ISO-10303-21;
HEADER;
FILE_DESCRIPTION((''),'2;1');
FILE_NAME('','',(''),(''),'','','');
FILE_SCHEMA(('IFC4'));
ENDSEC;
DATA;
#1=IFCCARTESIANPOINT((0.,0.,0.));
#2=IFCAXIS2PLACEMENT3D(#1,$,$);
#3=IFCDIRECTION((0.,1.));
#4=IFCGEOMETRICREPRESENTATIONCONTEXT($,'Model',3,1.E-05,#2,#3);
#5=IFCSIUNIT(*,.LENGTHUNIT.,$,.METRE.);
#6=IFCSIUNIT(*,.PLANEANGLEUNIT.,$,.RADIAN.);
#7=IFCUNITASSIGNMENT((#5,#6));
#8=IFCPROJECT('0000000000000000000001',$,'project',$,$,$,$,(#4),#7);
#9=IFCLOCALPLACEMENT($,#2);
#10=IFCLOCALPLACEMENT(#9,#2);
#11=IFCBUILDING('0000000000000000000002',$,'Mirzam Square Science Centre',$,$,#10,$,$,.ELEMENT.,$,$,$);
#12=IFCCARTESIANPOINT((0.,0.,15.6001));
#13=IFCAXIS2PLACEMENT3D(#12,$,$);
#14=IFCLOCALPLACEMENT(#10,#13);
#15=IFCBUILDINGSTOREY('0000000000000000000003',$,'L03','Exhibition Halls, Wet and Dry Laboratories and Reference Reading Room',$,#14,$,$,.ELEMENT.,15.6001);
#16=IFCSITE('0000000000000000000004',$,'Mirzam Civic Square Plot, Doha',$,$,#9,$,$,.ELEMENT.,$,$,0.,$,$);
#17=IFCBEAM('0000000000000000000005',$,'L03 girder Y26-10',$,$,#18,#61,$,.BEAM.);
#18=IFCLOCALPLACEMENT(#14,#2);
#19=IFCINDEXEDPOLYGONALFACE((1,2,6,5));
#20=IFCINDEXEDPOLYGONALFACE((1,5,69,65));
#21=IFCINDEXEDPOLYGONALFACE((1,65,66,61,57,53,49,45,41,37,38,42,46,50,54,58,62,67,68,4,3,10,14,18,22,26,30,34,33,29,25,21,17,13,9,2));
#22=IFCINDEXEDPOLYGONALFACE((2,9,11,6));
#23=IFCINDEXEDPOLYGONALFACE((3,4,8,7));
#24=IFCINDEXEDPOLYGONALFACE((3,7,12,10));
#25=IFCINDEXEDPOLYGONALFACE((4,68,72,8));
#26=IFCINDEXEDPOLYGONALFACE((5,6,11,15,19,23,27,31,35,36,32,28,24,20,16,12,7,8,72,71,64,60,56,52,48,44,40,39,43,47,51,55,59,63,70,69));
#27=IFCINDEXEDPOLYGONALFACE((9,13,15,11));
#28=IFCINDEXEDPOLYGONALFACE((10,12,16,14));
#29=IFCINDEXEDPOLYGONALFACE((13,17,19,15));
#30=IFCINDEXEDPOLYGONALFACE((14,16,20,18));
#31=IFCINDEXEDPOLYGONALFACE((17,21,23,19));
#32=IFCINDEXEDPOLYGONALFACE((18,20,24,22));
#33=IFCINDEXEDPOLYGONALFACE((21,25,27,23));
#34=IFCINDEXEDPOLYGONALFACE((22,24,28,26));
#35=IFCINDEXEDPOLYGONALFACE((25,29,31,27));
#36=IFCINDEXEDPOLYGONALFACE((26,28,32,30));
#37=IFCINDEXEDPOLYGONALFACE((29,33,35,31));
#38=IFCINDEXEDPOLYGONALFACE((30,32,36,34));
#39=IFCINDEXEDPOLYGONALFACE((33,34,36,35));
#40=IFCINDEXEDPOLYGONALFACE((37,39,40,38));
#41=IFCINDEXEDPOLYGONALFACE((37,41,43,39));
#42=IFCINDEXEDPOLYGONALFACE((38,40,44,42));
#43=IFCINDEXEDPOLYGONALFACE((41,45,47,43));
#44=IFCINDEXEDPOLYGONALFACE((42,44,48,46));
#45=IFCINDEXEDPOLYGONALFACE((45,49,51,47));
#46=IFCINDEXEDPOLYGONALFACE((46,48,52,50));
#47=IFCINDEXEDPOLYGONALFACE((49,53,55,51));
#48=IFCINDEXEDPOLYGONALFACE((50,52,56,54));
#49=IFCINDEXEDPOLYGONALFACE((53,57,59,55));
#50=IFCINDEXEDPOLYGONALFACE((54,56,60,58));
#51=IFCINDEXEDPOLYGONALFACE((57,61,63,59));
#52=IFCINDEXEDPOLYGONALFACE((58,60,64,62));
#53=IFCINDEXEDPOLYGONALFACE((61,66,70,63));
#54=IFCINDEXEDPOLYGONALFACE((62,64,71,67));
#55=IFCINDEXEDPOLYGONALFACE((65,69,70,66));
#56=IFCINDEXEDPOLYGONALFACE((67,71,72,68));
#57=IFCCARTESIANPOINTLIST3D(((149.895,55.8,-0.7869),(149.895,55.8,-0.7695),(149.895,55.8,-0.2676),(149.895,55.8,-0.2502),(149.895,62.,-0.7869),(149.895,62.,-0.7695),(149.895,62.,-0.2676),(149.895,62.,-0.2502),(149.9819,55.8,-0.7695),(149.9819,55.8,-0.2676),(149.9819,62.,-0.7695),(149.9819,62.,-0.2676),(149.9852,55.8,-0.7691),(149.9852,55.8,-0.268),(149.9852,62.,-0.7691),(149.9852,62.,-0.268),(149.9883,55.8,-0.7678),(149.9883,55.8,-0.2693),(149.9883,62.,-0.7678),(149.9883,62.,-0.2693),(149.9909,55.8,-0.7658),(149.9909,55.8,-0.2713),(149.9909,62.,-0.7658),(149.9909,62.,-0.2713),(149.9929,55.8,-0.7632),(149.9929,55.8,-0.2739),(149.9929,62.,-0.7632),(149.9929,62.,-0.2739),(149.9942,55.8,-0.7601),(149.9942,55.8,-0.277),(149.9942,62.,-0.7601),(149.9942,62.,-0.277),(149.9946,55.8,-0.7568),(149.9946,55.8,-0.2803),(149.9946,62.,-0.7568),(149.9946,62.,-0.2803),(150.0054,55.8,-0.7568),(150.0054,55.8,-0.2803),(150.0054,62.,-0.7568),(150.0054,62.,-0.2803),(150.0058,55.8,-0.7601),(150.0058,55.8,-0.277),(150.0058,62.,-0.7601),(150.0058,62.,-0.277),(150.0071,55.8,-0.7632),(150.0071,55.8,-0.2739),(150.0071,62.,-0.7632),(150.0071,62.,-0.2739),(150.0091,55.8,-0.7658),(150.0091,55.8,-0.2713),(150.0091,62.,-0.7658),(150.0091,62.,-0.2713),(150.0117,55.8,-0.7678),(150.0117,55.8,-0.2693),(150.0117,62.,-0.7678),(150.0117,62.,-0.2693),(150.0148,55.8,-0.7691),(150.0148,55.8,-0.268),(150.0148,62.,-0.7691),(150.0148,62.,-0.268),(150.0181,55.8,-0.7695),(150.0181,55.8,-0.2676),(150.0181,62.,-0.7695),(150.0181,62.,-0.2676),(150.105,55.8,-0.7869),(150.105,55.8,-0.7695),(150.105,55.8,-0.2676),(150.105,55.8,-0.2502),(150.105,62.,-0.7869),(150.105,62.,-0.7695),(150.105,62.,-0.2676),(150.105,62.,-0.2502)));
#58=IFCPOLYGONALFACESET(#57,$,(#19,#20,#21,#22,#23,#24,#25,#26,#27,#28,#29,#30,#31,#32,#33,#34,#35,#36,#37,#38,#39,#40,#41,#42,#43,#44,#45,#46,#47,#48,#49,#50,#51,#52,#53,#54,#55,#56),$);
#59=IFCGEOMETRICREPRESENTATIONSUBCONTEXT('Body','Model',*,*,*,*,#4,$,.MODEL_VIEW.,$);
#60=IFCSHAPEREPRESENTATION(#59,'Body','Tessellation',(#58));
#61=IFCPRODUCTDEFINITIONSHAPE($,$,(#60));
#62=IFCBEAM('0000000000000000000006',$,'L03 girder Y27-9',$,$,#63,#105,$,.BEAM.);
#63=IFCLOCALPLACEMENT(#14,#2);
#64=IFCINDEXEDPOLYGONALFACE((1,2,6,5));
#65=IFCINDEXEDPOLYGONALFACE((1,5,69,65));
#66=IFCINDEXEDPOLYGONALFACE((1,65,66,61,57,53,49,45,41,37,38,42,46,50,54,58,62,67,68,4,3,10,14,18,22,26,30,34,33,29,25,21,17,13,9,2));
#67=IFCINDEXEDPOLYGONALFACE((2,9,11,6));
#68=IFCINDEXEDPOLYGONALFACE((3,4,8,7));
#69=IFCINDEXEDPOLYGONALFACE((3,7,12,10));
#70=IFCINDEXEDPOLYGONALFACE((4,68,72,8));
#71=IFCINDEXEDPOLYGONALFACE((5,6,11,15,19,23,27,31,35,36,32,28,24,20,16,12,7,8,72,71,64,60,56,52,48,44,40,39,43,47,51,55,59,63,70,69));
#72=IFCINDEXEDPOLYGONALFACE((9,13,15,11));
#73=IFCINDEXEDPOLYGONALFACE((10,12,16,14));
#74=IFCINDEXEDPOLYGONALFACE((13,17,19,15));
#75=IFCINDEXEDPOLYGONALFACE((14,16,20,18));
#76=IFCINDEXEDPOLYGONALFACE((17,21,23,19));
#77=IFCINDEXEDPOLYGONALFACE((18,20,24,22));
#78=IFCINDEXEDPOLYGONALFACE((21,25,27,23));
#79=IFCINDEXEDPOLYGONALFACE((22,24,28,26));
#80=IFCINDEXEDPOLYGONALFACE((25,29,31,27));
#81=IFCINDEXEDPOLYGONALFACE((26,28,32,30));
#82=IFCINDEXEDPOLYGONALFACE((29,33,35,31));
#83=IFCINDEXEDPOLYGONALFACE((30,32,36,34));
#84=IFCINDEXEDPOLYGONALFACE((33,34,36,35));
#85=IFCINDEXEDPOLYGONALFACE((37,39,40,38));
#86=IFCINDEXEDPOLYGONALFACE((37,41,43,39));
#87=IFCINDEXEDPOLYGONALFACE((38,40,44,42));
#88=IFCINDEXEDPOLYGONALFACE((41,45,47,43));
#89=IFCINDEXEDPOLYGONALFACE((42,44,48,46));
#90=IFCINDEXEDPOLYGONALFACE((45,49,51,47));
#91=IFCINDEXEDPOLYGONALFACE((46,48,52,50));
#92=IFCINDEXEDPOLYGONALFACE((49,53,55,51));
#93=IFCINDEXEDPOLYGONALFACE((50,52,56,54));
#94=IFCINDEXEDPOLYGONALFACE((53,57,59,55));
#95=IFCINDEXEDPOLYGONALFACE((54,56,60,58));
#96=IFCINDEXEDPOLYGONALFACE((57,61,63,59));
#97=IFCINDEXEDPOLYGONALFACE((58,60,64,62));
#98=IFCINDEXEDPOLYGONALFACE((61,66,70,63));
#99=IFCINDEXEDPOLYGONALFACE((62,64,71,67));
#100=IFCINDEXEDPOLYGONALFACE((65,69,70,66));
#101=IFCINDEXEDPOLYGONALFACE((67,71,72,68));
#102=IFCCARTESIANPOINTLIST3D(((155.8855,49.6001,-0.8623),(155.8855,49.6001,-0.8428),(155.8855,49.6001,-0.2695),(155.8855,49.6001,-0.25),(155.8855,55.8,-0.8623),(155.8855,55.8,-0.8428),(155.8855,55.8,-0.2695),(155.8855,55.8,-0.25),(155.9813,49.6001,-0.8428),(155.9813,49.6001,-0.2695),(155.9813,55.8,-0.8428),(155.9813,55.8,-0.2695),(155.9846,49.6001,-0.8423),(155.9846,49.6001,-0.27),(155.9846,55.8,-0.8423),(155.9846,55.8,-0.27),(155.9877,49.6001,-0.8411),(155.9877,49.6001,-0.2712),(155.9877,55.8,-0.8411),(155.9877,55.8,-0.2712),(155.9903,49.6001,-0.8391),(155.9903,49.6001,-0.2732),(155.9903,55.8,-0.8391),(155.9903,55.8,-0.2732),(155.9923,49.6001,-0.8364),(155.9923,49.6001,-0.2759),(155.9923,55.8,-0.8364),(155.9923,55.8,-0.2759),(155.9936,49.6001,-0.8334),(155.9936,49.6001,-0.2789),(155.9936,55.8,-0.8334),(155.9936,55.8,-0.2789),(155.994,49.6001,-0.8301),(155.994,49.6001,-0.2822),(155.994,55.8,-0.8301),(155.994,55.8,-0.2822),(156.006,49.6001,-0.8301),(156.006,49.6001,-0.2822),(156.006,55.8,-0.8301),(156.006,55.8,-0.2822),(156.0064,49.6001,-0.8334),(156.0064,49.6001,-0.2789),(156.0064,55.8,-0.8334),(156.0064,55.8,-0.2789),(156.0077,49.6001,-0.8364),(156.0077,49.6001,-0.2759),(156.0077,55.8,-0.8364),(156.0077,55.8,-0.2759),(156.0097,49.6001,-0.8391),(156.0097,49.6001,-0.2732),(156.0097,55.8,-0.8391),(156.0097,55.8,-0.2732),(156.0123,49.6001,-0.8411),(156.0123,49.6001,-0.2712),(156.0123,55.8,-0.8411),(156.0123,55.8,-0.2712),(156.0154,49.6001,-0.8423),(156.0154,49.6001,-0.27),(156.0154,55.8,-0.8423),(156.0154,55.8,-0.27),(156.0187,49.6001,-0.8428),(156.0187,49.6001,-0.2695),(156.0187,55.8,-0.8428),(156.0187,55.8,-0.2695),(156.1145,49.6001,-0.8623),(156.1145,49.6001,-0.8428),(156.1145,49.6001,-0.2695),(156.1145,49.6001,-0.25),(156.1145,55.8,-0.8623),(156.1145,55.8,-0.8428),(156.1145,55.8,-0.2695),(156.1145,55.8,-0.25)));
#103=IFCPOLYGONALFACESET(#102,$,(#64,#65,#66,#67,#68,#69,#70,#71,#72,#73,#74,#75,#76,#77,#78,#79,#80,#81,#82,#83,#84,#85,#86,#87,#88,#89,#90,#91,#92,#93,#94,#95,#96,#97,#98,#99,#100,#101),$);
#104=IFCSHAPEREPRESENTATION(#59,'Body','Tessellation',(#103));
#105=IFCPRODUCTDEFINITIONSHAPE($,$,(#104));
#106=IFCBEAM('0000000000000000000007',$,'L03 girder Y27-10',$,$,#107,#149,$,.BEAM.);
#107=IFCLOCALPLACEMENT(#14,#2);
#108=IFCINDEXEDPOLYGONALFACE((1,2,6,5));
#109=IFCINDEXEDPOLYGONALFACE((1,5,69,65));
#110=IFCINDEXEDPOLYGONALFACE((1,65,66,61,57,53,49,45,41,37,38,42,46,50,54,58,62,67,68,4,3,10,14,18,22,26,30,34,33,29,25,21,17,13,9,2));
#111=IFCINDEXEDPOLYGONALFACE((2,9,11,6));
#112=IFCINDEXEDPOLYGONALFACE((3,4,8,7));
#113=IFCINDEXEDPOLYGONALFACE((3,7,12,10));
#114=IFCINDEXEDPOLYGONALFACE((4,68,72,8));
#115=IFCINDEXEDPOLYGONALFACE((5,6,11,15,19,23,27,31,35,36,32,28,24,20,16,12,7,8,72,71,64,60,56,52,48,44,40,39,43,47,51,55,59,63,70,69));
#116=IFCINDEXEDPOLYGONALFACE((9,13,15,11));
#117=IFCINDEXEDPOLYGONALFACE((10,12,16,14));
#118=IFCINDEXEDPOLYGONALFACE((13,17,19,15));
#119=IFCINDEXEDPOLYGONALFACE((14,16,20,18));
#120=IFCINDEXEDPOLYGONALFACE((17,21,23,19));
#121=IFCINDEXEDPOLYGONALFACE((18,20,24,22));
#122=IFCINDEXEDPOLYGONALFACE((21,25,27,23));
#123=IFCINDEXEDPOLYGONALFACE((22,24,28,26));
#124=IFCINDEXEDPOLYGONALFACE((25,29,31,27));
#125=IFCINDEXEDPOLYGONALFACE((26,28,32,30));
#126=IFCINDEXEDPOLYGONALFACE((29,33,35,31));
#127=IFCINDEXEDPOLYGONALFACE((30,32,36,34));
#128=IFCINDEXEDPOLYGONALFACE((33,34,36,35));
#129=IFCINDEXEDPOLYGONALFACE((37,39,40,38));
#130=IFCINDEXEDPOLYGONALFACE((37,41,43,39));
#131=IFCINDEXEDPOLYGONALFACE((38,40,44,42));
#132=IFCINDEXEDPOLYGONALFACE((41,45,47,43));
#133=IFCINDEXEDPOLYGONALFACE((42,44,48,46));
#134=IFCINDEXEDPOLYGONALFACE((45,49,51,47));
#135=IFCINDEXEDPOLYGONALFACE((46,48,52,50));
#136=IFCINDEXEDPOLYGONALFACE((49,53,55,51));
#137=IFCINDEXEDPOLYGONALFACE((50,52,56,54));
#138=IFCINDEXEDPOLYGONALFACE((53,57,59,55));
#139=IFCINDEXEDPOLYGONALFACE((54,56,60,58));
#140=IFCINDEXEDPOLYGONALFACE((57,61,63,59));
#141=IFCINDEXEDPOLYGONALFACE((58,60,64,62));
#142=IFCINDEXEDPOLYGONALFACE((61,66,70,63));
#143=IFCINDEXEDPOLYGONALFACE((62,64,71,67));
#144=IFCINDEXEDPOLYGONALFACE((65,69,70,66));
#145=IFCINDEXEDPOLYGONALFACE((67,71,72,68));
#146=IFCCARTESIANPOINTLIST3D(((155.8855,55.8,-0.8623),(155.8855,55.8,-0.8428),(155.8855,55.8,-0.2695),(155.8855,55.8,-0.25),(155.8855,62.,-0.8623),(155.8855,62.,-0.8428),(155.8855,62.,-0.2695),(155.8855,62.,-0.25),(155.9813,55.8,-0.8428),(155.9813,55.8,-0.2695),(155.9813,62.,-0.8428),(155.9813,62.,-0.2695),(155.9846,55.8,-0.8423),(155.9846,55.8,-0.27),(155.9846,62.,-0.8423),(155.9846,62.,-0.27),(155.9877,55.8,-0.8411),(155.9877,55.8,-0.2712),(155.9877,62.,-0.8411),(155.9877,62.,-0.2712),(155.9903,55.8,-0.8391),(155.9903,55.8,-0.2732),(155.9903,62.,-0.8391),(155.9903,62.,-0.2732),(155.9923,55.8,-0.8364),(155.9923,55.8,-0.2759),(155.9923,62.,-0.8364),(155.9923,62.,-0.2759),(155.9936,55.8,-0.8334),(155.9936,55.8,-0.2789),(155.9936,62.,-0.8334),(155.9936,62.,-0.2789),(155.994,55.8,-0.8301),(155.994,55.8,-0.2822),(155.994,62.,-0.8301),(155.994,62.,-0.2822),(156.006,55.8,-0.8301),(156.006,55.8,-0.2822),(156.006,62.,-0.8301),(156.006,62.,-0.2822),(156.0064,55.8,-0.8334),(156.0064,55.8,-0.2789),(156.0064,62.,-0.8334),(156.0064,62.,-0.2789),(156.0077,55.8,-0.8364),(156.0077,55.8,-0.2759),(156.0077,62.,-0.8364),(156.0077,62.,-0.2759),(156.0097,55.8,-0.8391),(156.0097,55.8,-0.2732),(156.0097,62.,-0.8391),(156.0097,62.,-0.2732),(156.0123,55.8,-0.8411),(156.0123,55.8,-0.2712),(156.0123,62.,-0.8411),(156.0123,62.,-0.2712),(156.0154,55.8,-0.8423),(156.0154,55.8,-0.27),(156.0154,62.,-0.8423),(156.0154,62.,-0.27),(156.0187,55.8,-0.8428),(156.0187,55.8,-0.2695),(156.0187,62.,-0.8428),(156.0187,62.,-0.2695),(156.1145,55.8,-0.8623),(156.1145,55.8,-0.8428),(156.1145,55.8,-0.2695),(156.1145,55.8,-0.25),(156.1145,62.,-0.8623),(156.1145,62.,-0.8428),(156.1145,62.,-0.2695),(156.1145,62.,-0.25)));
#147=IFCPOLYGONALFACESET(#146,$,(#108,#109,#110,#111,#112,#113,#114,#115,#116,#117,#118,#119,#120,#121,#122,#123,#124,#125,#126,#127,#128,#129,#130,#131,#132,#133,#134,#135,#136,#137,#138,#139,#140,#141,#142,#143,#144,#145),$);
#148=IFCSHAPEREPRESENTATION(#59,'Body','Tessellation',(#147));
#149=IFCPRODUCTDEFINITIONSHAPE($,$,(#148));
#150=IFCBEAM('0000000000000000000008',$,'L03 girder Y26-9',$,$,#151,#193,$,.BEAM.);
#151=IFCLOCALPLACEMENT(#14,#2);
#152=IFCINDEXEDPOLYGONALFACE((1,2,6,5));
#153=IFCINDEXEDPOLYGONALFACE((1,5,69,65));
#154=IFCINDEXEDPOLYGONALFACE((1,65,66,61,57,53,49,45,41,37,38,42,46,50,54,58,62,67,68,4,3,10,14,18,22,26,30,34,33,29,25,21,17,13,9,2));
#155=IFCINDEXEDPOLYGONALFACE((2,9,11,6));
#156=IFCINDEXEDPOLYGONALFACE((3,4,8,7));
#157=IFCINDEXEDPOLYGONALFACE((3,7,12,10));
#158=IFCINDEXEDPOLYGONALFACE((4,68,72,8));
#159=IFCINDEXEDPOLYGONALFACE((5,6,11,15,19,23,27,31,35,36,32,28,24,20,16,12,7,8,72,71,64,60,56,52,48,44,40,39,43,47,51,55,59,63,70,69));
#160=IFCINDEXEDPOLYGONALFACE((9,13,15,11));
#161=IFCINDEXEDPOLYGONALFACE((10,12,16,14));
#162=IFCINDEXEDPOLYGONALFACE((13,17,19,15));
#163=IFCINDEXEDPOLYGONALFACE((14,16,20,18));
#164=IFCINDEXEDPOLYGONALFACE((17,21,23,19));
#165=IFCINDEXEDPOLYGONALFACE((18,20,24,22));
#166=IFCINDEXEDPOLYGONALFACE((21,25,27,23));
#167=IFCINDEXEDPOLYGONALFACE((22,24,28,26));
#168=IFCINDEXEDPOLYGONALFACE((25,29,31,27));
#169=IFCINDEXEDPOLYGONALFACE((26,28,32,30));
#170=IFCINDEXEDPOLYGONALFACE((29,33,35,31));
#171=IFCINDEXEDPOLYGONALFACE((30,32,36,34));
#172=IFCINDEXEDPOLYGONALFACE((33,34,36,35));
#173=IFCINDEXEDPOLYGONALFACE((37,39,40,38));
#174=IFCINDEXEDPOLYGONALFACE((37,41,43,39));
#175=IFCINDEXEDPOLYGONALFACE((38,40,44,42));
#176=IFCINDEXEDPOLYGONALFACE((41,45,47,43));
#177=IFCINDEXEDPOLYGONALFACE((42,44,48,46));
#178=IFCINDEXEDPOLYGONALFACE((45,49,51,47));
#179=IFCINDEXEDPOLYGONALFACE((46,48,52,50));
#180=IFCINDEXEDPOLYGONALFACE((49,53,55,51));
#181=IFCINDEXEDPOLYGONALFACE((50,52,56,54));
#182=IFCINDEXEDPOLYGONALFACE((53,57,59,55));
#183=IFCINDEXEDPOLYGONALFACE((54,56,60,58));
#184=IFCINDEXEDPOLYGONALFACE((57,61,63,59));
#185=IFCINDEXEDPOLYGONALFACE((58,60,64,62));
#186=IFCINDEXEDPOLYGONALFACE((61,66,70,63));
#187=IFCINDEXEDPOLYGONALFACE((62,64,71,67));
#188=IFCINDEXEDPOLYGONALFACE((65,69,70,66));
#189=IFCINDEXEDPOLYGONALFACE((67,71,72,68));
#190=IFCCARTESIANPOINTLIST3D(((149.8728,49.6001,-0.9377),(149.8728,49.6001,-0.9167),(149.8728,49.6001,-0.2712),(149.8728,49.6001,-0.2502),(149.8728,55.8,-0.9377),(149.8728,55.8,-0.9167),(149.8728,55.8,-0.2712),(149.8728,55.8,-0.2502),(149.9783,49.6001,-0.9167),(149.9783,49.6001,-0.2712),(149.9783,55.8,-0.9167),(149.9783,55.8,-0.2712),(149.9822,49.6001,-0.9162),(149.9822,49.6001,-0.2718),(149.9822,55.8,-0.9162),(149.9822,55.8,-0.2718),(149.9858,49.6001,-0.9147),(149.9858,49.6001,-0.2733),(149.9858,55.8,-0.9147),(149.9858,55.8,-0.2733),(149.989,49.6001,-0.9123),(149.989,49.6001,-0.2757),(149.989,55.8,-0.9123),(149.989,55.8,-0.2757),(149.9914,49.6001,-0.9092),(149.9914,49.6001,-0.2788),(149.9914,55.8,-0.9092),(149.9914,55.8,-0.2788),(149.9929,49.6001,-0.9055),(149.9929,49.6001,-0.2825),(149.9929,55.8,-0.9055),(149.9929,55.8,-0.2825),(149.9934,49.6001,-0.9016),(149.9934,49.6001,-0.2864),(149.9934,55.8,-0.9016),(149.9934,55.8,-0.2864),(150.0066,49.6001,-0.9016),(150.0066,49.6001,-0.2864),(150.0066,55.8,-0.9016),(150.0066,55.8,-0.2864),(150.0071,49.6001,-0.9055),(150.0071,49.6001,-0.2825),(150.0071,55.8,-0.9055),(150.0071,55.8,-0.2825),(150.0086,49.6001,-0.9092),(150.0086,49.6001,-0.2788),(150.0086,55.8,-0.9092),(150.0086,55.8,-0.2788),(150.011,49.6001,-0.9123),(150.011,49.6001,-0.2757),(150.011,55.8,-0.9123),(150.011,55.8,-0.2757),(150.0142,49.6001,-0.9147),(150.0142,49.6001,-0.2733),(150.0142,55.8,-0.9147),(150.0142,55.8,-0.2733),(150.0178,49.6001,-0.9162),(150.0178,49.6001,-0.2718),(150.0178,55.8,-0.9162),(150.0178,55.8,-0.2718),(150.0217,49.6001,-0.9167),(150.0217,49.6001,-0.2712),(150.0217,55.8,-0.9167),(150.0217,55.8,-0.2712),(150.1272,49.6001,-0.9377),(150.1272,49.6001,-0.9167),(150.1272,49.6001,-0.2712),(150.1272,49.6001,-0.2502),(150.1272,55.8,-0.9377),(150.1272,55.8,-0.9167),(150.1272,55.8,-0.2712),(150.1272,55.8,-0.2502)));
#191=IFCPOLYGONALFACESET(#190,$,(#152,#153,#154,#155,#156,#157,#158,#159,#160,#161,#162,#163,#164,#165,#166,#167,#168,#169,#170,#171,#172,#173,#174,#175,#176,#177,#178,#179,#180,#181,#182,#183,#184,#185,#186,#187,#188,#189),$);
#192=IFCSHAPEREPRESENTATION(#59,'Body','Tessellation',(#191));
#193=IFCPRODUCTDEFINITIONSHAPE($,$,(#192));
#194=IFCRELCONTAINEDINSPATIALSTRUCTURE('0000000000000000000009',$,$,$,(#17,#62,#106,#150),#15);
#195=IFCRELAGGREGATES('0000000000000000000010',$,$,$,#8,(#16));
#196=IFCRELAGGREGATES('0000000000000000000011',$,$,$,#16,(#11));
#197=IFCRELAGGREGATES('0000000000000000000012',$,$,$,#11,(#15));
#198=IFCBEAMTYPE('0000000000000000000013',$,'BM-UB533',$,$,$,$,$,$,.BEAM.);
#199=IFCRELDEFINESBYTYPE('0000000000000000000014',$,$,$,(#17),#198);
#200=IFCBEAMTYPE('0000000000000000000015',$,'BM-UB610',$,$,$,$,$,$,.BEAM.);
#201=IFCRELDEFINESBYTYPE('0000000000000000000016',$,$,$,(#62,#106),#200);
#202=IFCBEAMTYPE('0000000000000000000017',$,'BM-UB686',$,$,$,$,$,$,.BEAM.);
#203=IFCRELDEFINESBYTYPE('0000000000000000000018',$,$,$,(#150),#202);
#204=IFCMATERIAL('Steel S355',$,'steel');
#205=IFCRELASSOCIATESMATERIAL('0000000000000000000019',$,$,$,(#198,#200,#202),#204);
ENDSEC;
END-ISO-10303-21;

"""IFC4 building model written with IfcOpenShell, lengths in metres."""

from ifc_helpers import new_model, si_unit, direction, frame, origin, origin_2d, place, context, subcontext, project, spatial, i_section, extrude, material, material_profile, profile_set, type_object, element, save


model = new_model("IFC4")

# Units and contexts
model_context = context("Model", 3, precision=1e-05, world=origin(), true_north=direction((0.0, 1.0)))
body_context = subcontext(model_context, "Body", "Model", "MODEL_VIEW")
ifc_project = project(units=[si_unit("LENGTHUNIT", "METRE"), si_unit("PLANEANGLEUNIT", "RADIAN")], contexts=[model_context])

# Site, building, storey
site_placement = place(None, origin())
site = spatial("IfcSite", under=ifc_project, at=site_placement, Name="Mirzam Civic Square Plot, Doha", CompositionType="ELEMENT", RefElevation=0.0)
building_placement = place(site_placement, origin())
building = spatial("IfcBuilding", under=site, at=building_placement, Name="Mirzam Square Science Centre", CompositionType="ELEMENT")
storey_placement = place(building_placement, frame((0.0, 0.0, 15.6001)))
storey = spatial("IfcBuildingStorey", under=building, at=storey_placement, Name="L03", Description="Exhibition Halls, Wet and Dry Laboratories and Reference Reading Room", CompositionType="ELEMENT", Elevation=15.6001)

# Shared definitions
ifc_material_1 = material(Name="Steel S355", Category="steel")

# Beams
ifc_material_profile_1 = material_profile(ifc_material_1, i_section(OverallWidth=0.21, OverallDepth=0.5366, WebThickness=0.0107, FlangeThickness=0.0173, FilletRadius=0.0127, at=origin_2d()), Name="533x210x101UB")
ifc_profile_set_1 = profile_set([ifc_material_profile_1], Name="Steel S355")
beam_type_1 = type_object("IfcBeamType", Name="BM-UB533", PredefinedType="BEAM", material=ifc_profile_set_1)
beam_1_placement = place(storey_placement, frame((150.0, 55.8, -0.5186), z_axis=(0.0, 1.0, 0.0), x_axis=(-1.0, 0.0, 0.0)))
element("IfcBeam", 1, at=beam_1_placement, inside=storey, type_object=beam_type_1, Name="L03 girder Y26-10", PredefinedType="BEAM", context=body_context, shape_type="SweptSolid", body=[
    extrude(i_section(OverallWidth=0.21, OverallDepth=0.5366, WebThickness=0.0107, FlangeThickness=0.0173, FilletRadius=0.0127, at=origin_2d()), origin(), (0.0, 0.0, 1.0), 6.2),
])
ifc_material_profile_2 = material_profile(ifc_material_1, i_section(OverallWidth=0.229, OverallDepth=0.6123, WebThickness=0.012, FlangeThickness=0.0195, FilletRadius=0.0127, at=origin_2d()), Name="610x229x125UB")
ifc_profile_set_2 = profile_set([ifc_material_profile_2], Name="Steel S355")
beam_type_2 = type_object("IfcBeamType", Name="BM-UB610", PredefinedType="BEAM", material=ifc_profile_set_2)
for number, where, z_axis, x_axis, name in (
    (2, (156.0, 49.6001, -0.5562), (0.0, 1.0, 0.0), (-1.0, 0.0, 0.0), "L03 girder Y27-9"),
    (3, (156.0, 55.8, -0.5562), (0.0, 1.0, 0.0), (-1.0, 0.0, 0.0), "L03 girder Y27-10"),
):
    element("IfcBeam", number, at=place(storey_placement, frame(where, z_axis=z_axis, x_axis=x_axis)), inside=storey, type_object=beam_type_2, Name=name, PredefinedType="BEAM", context=body_context, shape_type="SweptSolid", body=[
        extrude(i_section(OverallWidth=0.229, OverallDepth=0.6123, WebThickness=0.012, FlangeThickness=0.0195, FilletRadius=0.0127, at=origin_2d()), origin(), (0.0, 0.0, 1.0), 6.2),
    ])
ifc_material_profile_3 = material_profile(ifc_material_1, i_section(OverallWidth=0.2544, OverallDepth=0.6875, WebThickness=0.0132, FlangeThickness=0.021, FilletRadius=0.0151, at=origin_2d()), Name="686x254x152UB")
ifc_profile_set_3 = profile_set([ifc_material_profile_3], Name="Steel S355")
beam_type_3 = type_object("IfcBeamType", Name="BM-UB686", PredefinedType="BEAM", material=ifc_profile_set_3)
beam_2_placement = place(storey_placement, frame((150.0, 49.6001, -0.594), z_axis=(0.0, 1.0, 0.0), x_axis=(-1.0, 0.0, 0.0)))
element("IfcBeam", 4, at=beam_2_placement, inside=storey, type_object=beam_type_3, Name="L03 girder Y26-9", PredefinedType="BEAM", context=body_context, shape_type="SweptSolid", body=[
    extrude(i_section(OverallWidth=0.2544, OverallDepth=0.6875, WebThickness=0.0132, FlangeThickness=0.021, FilletRadius=0.0151, at=origin_2d()), origin(), (0.0, 0.0, 1.0), 6.2),
])

save(model, "model.ifc")
